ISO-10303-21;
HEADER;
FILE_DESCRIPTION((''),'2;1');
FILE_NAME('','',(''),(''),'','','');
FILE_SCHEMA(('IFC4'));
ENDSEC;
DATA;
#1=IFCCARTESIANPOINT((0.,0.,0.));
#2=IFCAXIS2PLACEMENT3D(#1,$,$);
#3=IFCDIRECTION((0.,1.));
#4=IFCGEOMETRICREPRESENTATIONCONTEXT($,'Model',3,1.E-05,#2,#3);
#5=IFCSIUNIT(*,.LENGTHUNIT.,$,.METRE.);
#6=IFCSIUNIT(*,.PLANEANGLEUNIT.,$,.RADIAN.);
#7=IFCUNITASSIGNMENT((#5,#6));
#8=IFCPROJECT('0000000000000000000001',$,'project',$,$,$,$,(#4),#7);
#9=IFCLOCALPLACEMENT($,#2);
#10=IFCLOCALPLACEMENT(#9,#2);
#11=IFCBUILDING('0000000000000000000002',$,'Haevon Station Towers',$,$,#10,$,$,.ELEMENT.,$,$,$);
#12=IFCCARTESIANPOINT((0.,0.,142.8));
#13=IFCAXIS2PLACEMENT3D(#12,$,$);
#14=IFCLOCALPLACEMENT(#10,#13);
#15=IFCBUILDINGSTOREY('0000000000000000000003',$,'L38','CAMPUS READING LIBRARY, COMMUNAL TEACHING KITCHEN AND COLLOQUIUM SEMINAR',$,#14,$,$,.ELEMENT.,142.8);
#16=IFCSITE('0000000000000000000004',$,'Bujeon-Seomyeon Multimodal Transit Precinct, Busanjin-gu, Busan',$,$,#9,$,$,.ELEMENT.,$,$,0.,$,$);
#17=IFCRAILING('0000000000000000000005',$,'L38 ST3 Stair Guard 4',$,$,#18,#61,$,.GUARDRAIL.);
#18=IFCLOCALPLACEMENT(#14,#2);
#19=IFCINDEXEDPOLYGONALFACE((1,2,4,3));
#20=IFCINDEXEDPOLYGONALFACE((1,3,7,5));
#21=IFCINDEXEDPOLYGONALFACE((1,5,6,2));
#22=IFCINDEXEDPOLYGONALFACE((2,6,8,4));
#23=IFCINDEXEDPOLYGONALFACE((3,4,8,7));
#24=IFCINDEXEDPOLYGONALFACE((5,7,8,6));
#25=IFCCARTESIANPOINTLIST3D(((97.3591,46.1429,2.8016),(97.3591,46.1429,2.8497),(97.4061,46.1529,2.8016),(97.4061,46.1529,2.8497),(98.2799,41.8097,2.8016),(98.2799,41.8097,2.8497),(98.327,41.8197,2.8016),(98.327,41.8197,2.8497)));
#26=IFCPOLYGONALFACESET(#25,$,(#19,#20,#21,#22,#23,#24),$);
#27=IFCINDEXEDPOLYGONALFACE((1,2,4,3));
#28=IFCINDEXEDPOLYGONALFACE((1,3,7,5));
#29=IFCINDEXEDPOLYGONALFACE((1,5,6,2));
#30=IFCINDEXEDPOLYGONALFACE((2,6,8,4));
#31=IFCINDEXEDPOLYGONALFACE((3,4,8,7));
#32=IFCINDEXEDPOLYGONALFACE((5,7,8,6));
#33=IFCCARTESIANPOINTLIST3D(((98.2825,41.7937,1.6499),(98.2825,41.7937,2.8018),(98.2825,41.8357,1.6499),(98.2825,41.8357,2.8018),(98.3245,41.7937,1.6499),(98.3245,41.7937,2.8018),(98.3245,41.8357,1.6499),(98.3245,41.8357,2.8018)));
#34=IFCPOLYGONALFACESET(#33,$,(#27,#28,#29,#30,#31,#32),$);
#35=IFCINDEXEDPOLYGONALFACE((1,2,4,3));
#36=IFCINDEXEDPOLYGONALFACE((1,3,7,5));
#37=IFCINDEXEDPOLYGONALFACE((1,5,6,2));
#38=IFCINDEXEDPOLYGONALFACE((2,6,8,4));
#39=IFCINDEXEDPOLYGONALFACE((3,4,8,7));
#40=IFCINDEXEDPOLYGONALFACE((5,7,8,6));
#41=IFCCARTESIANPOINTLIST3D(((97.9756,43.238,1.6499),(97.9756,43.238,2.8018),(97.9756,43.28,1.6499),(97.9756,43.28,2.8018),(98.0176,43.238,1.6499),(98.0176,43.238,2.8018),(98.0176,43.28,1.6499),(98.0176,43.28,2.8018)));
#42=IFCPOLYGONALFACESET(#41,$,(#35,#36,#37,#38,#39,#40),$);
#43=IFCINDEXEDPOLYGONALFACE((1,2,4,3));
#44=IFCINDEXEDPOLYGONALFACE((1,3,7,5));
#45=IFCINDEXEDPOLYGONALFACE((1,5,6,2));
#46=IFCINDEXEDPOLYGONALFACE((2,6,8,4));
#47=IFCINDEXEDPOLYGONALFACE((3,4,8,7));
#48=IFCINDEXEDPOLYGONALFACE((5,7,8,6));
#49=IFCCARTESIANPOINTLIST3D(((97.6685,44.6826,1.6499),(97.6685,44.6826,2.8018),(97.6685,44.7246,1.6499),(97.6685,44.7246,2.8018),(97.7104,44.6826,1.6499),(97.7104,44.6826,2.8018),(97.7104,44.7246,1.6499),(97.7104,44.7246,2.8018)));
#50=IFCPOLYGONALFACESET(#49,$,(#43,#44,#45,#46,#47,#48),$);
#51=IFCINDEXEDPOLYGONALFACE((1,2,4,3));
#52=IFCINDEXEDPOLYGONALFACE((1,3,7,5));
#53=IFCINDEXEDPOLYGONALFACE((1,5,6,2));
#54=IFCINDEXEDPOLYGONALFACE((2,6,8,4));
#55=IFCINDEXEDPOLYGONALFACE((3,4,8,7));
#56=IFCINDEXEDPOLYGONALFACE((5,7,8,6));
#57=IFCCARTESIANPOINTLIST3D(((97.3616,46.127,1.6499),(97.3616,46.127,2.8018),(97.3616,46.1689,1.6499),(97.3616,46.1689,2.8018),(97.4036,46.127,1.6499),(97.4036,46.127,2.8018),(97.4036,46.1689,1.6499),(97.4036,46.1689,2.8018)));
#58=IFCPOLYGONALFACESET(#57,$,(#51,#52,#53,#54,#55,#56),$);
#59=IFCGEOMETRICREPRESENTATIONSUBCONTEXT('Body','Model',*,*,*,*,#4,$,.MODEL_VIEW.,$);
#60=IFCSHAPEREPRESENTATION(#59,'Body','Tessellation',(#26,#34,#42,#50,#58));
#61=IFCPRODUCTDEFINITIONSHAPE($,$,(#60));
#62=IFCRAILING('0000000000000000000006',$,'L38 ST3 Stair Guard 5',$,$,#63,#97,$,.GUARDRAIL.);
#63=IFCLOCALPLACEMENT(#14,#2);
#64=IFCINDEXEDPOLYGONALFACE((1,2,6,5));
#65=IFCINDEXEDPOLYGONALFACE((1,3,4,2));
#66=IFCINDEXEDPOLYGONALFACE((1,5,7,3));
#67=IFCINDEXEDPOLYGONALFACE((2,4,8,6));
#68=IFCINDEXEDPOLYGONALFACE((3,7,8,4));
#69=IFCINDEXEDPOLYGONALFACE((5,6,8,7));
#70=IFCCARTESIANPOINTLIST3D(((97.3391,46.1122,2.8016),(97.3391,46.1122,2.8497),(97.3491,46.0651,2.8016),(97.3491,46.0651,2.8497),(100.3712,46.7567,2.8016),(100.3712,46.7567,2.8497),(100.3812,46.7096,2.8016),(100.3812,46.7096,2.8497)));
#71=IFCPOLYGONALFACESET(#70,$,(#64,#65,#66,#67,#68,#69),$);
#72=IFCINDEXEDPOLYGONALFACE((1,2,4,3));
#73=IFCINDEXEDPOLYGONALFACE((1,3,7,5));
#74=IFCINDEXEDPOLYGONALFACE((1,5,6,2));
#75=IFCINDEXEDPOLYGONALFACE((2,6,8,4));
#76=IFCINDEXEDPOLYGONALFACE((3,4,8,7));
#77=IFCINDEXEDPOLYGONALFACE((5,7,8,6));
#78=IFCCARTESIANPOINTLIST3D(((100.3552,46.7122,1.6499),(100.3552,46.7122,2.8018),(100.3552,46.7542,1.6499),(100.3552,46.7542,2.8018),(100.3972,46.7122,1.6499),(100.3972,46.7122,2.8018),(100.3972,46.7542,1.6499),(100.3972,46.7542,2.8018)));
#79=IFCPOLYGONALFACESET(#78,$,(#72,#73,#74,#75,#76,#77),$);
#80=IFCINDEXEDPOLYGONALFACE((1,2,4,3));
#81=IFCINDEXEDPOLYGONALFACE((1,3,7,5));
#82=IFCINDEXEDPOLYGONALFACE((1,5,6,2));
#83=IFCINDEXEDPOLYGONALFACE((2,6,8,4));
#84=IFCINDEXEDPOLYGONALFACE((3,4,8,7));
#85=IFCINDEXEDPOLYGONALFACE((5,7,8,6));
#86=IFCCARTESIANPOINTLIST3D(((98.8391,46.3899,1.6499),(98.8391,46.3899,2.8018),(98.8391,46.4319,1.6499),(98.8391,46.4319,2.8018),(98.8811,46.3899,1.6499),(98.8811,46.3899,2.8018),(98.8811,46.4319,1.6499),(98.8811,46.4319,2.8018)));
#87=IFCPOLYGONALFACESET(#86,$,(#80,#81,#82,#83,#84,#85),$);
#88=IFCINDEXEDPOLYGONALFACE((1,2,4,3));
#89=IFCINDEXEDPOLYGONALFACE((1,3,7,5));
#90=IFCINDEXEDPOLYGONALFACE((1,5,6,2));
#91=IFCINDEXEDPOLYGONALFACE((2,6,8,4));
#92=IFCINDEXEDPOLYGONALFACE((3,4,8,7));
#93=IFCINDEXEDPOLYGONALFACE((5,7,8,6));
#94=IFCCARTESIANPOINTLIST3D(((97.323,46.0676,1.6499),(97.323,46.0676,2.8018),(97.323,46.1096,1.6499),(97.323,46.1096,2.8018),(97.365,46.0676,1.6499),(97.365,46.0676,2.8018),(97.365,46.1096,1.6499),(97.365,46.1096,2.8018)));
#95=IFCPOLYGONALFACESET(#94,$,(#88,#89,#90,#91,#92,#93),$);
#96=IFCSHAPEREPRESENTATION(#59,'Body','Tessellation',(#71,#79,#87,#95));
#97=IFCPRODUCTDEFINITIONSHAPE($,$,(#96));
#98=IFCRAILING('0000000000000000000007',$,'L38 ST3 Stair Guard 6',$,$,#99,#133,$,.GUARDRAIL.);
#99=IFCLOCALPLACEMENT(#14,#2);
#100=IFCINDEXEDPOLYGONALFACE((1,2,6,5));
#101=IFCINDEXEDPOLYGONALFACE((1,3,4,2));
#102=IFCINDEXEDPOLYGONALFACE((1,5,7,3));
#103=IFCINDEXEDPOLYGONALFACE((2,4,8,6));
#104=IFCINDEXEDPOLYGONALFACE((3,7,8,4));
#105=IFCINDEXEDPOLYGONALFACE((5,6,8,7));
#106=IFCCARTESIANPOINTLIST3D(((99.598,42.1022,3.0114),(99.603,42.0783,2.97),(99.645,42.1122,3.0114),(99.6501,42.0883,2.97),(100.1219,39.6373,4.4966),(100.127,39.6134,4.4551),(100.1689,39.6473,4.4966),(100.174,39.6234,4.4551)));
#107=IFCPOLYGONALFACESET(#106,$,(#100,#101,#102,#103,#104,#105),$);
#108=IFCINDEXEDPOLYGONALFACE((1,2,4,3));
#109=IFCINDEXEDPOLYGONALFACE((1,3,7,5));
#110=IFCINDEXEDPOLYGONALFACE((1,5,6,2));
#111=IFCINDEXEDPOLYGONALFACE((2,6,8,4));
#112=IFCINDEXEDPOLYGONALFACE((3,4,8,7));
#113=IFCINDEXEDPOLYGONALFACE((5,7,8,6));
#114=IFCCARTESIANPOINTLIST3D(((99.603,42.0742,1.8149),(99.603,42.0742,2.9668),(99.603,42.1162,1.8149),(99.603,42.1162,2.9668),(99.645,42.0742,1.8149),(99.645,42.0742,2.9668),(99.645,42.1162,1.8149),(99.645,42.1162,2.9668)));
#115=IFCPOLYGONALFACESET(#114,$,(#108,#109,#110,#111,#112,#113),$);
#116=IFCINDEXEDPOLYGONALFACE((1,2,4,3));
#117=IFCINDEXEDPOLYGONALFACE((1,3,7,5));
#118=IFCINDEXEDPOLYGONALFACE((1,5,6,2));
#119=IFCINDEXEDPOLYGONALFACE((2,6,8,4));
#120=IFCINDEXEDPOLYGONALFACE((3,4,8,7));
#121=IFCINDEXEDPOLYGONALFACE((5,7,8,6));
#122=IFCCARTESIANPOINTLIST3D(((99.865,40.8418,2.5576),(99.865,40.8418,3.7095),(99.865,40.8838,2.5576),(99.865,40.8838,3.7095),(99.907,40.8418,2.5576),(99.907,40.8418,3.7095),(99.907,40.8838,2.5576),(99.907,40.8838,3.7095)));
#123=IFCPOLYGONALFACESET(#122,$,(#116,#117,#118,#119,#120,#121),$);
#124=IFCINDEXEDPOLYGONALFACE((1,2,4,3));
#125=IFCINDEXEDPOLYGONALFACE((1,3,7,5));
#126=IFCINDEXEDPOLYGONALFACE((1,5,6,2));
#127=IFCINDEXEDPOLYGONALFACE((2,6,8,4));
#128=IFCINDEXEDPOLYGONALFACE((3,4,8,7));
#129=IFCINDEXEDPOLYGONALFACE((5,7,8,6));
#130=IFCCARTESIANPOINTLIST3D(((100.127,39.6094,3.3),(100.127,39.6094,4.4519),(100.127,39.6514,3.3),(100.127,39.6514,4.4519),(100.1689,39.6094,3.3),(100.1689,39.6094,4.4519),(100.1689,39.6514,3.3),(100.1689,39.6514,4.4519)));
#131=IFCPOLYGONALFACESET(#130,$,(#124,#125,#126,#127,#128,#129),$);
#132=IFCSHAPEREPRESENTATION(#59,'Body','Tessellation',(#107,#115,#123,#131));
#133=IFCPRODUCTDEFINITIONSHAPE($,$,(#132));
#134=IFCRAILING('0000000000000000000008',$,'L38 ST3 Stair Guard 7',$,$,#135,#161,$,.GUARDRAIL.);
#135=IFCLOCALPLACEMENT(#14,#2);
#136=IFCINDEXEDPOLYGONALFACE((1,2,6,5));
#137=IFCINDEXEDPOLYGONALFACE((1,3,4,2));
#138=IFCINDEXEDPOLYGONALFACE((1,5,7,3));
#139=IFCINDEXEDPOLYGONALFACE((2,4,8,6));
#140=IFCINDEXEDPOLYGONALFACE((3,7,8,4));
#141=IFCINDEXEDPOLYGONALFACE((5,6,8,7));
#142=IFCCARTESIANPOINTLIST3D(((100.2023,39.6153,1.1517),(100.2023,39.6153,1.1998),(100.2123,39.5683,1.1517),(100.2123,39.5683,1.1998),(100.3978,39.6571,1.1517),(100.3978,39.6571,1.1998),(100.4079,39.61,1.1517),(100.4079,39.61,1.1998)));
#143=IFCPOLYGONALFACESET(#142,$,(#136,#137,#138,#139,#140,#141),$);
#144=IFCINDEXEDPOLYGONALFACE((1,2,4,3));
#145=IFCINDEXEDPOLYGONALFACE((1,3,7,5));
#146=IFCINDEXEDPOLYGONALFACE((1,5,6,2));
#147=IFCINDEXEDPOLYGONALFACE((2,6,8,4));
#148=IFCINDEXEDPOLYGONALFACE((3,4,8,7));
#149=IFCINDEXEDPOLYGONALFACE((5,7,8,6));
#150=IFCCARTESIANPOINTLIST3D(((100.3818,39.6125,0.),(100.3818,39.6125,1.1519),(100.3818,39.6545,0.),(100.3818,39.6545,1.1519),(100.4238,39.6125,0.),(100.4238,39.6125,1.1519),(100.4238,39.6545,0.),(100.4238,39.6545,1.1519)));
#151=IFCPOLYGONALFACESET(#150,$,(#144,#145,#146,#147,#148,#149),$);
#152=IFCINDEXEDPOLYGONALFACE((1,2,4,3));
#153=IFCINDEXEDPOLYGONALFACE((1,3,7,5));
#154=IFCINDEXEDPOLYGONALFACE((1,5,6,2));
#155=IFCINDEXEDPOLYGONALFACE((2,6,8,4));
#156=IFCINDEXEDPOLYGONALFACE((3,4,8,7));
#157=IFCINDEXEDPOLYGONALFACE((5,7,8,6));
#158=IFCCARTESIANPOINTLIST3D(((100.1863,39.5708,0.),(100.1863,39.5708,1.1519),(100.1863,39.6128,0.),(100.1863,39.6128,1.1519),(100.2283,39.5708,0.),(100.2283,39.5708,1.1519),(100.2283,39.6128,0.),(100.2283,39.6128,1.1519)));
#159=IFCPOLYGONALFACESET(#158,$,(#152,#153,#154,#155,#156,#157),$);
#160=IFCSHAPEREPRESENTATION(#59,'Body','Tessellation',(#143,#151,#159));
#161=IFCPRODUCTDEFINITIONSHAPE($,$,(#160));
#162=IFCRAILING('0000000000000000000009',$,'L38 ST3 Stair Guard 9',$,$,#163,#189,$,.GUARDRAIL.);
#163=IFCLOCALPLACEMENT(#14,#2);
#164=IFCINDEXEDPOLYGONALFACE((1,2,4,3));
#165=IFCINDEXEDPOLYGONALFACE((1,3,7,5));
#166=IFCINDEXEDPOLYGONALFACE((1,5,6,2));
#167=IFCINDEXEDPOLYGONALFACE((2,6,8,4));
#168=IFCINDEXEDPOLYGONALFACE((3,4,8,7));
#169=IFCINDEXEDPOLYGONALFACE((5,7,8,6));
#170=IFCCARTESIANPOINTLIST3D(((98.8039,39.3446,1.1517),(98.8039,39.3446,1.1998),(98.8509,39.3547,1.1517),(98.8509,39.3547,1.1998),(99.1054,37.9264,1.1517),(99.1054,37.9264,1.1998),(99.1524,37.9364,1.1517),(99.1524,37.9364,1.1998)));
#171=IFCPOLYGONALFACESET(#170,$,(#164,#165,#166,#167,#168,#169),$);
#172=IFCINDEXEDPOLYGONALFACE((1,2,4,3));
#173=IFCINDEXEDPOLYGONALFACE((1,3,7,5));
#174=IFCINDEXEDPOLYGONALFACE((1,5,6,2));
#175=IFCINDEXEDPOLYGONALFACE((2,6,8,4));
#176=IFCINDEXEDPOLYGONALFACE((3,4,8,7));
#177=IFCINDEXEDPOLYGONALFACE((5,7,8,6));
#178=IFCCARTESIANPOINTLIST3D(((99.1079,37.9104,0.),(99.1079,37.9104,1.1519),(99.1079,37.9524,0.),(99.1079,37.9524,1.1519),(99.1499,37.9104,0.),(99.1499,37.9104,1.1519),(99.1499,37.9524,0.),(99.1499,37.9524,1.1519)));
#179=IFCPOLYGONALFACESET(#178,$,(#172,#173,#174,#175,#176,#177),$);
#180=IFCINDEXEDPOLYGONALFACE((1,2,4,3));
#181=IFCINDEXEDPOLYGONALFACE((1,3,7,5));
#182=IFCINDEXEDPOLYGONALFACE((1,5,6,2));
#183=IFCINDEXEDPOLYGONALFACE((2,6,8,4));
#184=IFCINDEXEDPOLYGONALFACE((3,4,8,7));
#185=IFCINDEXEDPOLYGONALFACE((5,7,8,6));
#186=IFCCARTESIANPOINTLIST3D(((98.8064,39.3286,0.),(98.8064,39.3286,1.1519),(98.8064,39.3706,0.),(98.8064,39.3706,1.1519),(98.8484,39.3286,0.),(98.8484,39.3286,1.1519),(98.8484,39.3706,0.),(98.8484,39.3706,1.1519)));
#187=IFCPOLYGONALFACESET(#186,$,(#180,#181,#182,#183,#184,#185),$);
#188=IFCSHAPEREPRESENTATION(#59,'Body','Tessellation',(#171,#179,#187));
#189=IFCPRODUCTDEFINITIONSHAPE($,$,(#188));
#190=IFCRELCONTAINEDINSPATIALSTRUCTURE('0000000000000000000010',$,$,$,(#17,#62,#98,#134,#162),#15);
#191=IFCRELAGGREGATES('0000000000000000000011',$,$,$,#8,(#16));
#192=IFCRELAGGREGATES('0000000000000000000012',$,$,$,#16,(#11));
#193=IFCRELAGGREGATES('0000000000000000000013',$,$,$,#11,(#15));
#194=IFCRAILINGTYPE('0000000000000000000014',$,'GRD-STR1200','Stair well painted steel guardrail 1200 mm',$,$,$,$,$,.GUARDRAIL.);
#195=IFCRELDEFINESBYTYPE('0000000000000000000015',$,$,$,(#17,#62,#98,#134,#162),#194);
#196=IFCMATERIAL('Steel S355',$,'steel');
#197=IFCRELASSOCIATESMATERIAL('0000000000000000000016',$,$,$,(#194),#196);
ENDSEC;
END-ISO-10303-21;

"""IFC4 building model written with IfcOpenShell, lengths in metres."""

from ifc_helpers import new_model, si_unit, direction, frame, origin, origin_2d, place, context, subcontext, project, spatial, rectangle, extrude, material, type_object, element, save


model = new_model("IFC4")

# Units and contexts
model_context = context("Model", 3, precision=1e-05, world=origin(), true_north=direction((0.0, 1.0)))
body_context = subcontext(model_context, "Body", "Model", "MODEL_VIEW")
ifc_project = project(units=[si_unit("LENGTHUNIT", "METRE"), si_unit("PLANEANGLEUNIT", "RADIAN")], contexts=[model_context])

# Site, building, storey
site_placement = place(None, origin())
site = spatial("IfcSite", under=ifc_project, at=site_placement, Name="Bujeon-Seomyeon Multimodal Transit Precinct, Busanjin-gu, Busan", CompositionType="ELEMENT", RefElevation=0.0)
building_placement = place(site_placement, origin())
building = spatial("IfcBuilding", under=site, at=building_placement, Name="Haevon Station Towers", CompositionType="ELEMENT")
storey_placement = place(building_placement, frame((0.0, 0.0, 142.8)))
storey = spatial("IfcBuildingStorey", under=building, at=storey_placement, Name="L38", Description="CAMPUS READING LIBRARY, COMMUNAL TEACHING KITCHEN AND COLLOQUIUM SEMINAR", CompositionType="ELEMENT", Elevation=142.8)

# Shared definitions
ifc_material_1 = material(Name="Steel S355", Category="steel")

# Railings
railing_type_1 = type_object("IfcRailingType", Name="GRD-STR1200", Description="Stair well painted steel guardrail 1200 mm", PredefinedType="GUARDRAIL", material=ifc_material_1)
railing_1_placement = place(storey_placement, frame((98.3035, 41.8147, 1.6499)))
element("IfcRailing", 1, at=railing_1_placement, inside=storey, type_object=railing_type_1, Name="L38 ST3 Stair Guard 4", PredefinedType="GUARDRAIL", context=body_context, shape_type="SweptSolid", body=[
    extrude(rectangle(XDim=0.0481, YDim=0.0481, at=origin_2d()), frame((0.0, 0.0, 1.1758), z_axis=(-0.207877, 0.978155, 0.0), x_axis=(-0.978155, -0.207877, 0.0)), (0.0, 0.0, 1.0), 4.4299),
    extrude(rectangle(XDim=0.042, YDim=0.042, at=origin_2d()), origin(), (0.0, 0.0, 1.0), 1.1519),
    extrude(rectangle(XDim=0.042, YDim=0.042, at=origin_2d()), frame((-0.3069, 1.4443, 0.0)), (0.0, 0.0, 1.0), 1.1519),
    extrude(rectangle(XDim=0.042, YDim=0.042, at=origin_2d()), frame((-0.614, 2.8889, 0.0)), (0.0, 0.0, 1.0), 1.1519),
    extrude(rectangle(XDim=0.042, YDim=0.042, at=origin_2d()), frame((-0.9209, 4.3333, 0.0)), (0.0, 0.0, 1.0), 1.1519),
])
railing_2_placement = place(storey_placement, frame((100.3762, 46.7332, 1.6499)))
element("IfcRailing", 2, at=railing_2_placement, inside=storey, type_object=railing_type_1, Name="L38 ST3 Stair Guard 5", PredefinedType="GUARDRAIL", context=body_context, shape_type="SweptSolid", body=[
    extrude(rectangle(XDim=0.0481, YDim=0.0481, at=origin_2d()), frame((0.0, 0.0, 1.1758), z_axis=(-0.978147, -0.207915, 0.0), x_axis=(0.207915, -0.978147, 0.0)), (0.0, 0.0, 1.0), 3.0999),
    extrude(rectangle(XDim=0.042, YDim=0.042, at=origin_2d()), origin(), (0.0, 0.0, 1.0), 1.1519),
    extrude(rectangle(XDim=0.042, YDim=0.042, at=origin_2d()), frame((-1.5161, -0.3223, 0.0)), (0.0, 0.0, 1.0), 1.1519),
    extrude(rectangle(XDim=0.042, YDim=0.042, at=origin_2d()), frame((-3.0322, -0.6445, 0.0)), (0.0, 0.0, 1.0), 1.1519),
])
railing_3_placement = place(storey_placement, frame((99.624, 42.0952, 1.8149)))
element("IfcRailing", 3, at=railing_3_placement, inside=storey, type_object=railing_type_1, Name="L38 ST3 Stair Guard 6", PredefinedType="GUARDRAIL", context=body_context, shape_type="SweptSolid", body=[
    extrude(rectangle(XDim=0.0481, YDim=0.0481, at=origin_2d()), frame((0.0, 0.0, 1.1758), z_axis=(0.179121, -0.842688, 0.507733), x_axis=(0.978147, 0.207914, 0.0)), (0.0, 0.0, 1.0), 2.925),
    extrude(rectangle(XDim=0.042, YDim=0.042, at=origin_2d()), origin(), (0.0, 0.0, 1.0), 1.1519),
    extrude(rectangle(XDim=0.042, YDim=0.042, at=origin_2d()), frame((0.262, -1.2324, 0.7427)), (0.0, 0.0, 1.0), 1.1519),
    extrude(rectangle(XDim=0.042, YDim=0.042, at=origin_2d()), frame((0.5239, -2.4648, 1.4851)), (0.0, 0.0, 1.0), 1.1519),
])
railing_4_placement = place(storey_placement, frame((100.4028, 39.6335, 0.0)))
element("IfcRailing", 4, at=railing_4_placement, inside=storey, type_object=railing_type_1, Name="L38 ST3 Stair Guard 7", PredefinedType="GUARDRAIL", context=body_context, shape_type="SweptSolid", body=[
    extrude(rectangle(XDim=0.0481, YDim=0.0481, at=origin_2d()), frame((0.0, 0.0, 1.1758), z_axis=(-0.977963, -0.208779, 0.0), x_axis=(0.208779, -0.977963, 0.0)), (0.0, 0.0, 1.0), 0.2),
    extrude(rectangle(XDim=0.042, YDim=0.042, at=origin_2d()), origin(), (0.0, 0.0, 1.0), 1.1519),
    extrude(rectangle(XDim=0.042, YDim=0.042, at=origin_2d()), frame((-0.1956, -0.0417, 0.0)), (0.0, 0.0, 1.0), 1.1519),
])
railing_5_placement = place(storey_placement, frame((99.1289, 37.9314, 0.0)))
element("IfcRailing", 5, at=railing_5_placement, inside=storey, type_object=railing_type_1, Name="L38 ST3 Stair Guard 9", PredefinedType="GUARDRAIL", context=body_context, shape_type="SweptSolid", body=[
    extrude(rectangle(XDim=0.0481, YDim=0.0481, at=origin_2d()), frame((0.0, 0.0, 1.1758), z_axis=(-0.207953, 0.978139, 0.0), x_axis=(-0.978139, -0.207953, 0.0)), (0.0, 0.0, 1.0), 1.45),
    extrude(rectangle(XDim=0.042, YDim=0.042, at=origin_2d()), origin(), (0.0, 0.0, 1.0), 1.1519),
    extrude(rectangle(XDim=0.042, YDim=0.042, at=origin_2d()), frame((-0.3015, 1.4182, 0.0)), (0.0, 0.0, 1.0), 1.1519),
])

save(model, "model.ifc")
